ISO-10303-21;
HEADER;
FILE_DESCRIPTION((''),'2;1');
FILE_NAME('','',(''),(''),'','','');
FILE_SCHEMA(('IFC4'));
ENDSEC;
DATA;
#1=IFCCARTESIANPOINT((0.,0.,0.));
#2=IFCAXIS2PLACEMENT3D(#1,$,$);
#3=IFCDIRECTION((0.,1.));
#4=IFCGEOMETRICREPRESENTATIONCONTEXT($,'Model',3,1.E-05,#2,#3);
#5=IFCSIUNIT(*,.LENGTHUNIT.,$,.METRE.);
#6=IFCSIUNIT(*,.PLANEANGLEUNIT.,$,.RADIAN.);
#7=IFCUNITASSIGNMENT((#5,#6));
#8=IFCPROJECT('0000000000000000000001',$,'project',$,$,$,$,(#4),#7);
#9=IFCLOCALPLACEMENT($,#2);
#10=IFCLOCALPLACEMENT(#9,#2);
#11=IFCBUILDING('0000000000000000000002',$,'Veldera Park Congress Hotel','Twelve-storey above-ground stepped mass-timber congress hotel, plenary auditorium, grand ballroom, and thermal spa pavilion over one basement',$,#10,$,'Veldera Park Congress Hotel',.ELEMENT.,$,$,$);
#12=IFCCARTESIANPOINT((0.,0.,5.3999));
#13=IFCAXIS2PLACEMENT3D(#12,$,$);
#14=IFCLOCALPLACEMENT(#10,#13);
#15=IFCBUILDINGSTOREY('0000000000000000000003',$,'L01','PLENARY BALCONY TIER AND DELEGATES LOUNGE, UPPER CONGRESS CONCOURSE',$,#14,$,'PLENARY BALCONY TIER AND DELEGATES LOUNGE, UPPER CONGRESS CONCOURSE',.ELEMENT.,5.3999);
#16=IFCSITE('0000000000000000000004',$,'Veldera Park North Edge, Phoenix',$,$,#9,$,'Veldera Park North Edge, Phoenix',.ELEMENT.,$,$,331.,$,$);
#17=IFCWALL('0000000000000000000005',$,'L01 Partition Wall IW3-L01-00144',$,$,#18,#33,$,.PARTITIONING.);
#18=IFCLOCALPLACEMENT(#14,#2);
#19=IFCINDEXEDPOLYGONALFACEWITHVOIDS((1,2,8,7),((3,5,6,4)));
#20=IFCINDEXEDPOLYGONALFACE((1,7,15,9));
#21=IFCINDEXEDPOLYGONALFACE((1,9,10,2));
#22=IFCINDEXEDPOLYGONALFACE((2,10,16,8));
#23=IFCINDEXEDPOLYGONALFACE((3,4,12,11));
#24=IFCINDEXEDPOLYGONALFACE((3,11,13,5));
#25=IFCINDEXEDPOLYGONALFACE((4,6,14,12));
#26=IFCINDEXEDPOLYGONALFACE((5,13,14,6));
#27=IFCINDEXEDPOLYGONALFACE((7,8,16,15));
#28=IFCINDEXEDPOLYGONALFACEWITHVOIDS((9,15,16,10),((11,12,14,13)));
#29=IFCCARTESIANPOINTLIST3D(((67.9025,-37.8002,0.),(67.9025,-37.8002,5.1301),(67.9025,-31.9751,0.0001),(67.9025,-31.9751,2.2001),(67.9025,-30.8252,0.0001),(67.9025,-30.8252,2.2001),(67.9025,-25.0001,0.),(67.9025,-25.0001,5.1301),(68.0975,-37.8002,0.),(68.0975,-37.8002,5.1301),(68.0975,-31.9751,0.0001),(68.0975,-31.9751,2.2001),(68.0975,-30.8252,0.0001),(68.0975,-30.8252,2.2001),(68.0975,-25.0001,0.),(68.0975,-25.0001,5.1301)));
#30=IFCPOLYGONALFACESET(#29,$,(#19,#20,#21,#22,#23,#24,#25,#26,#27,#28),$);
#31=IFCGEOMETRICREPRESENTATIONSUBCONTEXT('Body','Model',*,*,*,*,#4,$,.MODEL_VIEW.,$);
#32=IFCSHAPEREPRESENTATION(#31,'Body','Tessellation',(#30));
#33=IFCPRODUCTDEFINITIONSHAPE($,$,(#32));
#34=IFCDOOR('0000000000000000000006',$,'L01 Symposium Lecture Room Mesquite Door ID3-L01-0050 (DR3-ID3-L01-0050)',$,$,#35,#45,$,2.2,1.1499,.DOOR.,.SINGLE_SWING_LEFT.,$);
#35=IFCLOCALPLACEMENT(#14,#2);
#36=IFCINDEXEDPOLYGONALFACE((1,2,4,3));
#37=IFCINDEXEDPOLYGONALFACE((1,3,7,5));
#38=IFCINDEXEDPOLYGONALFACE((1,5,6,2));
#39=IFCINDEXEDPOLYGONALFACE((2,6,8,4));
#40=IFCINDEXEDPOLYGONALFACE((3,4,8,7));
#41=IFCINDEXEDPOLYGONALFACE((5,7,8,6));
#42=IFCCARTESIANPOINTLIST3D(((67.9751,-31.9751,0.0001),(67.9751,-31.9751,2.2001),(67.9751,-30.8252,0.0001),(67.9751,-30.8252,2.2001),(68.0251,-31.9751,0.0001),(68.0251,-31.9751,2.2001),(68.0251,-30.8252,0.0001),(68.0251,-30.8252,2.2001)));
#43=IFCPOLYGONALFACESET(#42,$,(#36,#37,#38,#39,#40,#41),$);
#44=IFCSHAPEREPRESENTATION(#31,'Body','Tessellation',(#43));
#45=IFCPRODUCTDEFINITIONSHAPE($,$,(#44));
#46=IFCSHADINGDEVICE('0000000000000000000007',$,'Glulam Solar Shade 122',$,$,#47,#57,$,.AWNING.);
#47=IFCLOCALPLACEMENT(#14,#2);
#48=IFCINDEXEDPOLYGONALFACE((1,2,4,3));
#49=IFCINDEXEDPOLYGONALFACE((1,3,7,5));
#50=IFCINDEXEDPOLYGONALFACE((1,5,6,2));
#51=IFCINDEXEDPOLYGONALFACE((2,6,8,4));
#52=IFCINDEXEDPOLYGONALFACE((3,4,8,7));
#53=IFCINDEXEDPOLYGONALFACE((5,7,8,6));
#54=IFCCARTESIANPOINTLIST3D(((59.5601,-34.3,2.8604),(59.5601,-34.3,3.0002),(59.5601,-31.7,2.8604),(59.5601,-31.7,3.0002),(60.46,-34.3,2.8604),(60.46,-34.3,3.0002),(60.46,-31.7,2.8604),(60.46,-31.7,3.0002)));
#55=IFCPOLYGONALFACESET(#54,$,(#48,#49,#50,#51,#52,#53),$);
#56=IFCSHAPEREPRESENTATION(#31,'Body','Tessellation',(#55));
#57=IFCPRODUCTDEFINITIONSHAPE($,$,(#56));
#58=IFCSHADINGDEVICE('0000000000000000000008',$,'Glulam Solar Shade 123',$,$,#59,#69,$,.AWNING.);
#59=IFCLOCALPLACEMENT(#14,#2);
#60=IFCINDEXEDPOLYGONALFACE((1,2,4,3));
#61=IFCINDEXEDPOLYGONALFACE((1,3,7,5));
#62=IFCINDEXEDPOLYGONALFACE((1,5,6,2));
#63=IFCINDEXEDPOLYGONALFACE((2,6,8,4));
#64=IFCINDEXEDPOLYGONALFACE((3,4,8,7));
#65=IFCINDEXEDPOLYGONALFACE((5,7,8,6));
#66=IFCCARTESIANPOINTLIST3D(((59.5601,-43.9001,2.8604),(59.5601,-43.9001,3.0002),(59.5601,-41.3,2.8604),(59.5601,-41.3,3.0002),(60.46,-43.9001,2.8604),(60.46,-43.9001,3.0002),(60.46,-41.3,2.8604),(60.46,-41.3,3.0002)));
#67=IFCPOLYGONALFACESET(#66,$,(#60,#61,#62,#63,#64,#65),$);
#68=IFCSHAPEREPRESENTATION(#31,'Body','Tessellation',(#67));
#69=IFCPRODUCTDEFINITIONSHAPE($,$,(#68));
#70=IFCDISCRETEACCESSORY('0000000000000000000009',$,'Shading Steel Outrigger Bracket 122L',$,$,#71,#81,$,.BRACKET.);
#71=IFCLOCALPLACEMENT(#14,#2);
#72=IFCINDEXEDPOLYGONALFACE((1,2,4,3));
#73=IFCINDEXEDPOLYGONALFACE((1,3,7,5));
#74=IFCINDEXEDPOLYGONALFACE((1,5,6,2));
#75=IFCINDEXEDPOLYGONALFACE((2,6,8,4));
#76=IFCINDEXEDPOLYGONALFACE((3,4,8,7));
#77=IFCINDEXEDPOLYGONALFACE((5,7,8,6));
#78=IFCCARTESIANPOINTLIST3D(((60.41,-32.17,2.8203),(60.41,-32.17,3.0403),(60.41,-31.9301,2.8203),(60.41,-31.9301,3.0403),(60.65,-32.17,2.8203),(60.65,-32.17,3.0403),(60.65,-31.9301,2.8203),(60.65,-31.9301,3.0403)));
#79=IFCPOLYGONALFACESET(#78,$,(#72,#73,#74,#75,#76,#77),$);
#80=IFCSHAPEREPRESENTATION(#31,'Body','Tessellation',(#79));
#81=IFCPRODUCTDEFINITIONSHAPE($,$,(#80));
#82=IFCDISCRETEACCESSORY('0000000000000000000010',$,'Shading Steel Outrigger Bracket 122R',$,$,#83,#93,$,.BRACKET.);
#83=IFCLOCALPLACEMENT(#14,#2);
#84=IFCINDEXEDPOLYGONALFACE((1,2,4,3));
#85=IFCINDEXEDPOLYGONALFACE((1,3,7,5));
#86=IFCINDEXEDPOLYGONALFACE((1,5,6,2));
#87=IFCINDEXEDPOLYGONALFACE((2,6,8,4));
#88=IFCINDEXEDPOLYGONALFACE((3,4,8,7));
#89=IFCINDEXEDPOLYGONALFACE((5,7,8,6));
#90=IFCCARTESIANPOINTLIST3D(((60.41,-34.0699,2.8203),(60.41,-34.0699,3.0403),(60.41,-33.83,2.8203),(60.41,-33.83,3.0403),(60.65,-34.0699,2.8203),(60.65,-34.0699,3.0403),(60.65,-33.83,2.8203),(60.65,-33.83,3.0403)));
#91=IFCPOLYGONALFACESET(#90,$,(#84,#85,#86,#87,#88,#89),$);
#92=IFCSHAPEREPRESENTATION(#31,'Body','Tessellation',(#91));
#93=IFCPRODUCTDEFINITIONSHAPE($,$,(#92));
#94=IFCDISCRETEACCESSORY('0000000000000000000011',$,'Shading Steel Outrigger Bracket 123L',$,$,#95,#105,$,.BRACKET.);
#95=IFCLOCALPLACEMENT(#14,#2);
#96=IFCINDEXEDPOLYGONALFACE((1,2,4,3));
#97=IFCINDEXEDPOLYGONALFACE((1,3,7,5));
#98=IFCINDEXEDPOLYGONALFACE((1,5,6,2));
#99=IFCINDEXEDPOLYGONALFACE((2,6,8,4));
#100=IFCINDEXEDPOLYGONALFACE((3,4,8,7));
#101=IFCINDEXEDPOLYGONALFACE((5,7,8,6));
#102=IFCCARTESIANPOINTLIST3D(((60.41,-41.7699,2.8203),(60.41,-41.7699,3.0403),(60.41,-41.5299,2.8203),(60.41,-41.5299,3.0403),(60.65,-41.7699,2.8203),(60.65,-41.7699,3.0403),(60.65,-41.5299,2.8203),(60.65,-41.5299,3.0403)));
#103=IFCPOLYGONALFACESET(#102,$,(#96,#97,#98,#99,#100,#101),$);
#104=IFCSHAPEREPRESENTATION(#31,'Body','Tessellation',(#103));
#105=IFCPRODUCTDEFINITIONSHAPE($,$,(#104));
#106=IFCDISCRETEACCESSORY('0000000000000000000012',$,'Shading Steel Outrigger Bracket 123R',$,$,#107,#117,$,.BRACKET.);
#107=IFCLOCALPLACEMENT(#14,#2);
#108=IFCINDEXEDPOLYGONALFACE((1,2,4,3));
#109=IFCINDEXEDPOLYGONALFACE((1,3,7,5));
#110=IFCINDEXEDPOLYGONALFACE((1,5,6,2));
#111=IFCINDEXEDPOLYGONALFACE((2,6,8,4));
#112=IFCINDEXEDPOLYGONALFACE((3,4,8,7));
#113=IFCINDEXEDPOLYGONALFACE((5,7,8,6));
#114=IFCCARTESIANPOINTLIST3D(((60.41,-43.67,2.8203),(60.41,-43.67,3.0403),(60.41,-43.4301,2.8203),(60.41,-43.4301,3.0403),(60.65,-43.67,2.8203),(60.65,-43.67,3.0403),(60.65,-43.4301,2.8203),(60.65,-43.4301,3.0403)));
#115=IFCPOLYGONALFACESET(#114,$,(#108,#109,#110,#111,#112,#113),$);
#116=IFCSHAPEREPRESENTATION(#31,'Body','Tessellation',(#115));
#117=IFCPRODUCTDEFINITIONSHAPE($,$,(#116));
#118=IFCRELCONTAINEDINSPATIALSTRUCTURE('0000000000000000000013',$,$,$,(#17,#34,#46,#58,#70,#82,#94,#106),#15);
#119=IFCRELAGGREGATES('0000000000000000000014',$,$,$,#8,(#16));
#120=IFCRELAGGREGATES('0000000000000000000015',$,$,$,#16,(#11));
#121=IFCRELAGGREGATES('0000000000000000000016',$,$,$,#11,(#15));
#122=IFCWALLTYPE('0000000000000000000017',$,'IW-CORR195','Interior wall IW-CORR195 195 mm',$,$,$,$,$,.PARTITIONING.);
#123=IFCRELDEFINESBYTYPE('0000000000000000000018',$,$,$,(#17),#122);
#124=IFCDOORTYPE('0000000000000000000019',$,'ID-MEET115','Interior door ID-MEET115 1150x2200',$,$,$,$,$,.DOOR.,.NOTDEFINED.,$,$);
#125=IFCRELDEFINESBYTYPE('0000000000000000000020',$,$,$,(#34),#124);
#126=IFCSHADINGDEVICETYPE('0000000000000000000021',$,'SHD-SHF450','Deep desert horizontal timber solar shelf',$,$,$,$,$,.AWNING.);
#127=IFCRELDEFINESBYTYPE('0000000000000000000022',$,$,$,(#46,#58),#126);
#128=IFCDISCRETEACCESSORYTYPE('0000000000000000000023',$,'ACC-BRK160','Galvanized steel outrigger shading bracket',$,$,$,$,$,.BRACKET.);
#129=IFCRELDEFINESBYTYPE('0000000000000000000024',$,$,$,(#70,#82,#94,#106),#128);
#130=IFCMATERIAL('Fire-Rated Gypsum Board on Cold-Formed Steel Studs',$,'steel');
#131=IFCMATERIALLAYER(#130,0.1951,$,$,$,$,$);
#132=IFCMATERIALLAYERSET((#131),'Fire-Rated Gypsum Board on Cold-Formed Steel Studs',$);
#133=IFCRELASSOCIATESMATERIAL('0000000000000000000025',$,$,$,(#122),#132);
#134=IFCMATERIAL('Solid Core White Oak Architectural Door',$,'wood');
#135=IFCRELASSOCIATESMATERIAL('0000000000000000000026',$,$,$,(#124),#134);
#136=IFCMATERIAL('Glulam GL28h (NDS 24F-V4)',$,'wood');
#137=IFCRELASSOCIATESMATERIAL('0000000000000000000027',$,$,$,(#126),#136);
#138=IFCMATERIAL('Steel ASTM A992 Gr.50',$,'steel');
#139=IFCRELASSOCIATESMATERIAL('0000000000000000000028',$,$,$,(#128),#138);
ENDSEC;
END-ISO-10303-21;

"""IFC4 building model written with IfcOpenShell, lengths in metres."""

from ifc_helpers import new_model, si_unit, direction, frame, frame_2d, origin, origin_2d, place, context, subcontext, project, spatial, rectangle, extrude, material, layer, layer_set, type_object, element, fill, save


model = new_model("IFC4")

# Units and contexts
model_context = context("Model", 3, precision=1e-05, world=origin(), true_north=direction((0.0, 1.0)))
body_context = subcontext(model_context, "Body", "Model", "MODEL_VIEW")
ifc_project = project(units=[si_unit("LENGTHUNIT", "METRE"), si_unit("PLANEANGLEUNIT", "RADIAN")], contexts=[model_context])

# Site, building, storey
site_placement = place(None, origin())
site = spatial("IfcSite", under=ifc_project, at=site_placement, Name="Veldera Park North Edge, Phoenix", LongName="Veldera Park North Edge, Phoenix", CompositionType="ELEMENT", RefElevation=331.0)
building_placement = place(site_placement, origin())
building = spatial("IfcBuilding", under=site, at=building_placement, Name="Veldera Park Congress Hotel", Description="Twelve-storey above-ground stepped mass-timber congress hotel, plenary auditorium, grand ballroom, and thermal spa pavilion over one basement", LongName="Veldera Park Congress Hotel", CompositionType="ELEMENT")
storey_placement = place(building_placement, frame((0.0, 0.0, 5.3999)))
storey = spatial("IfcBuildingStorey", under=building, at=storey_placement, Name="L01", Description="PLENARY BALCONY TIER AND DELEGATES LOUNGE, UPPER CONGRESS CONCOURSE", LongName="PLENARY BALCONY TIER AND DELEGATES LOUNGE, UPPER CONGRESS CONCOURSE", CompositionType="ELEMENT", Elevation=5.3999)

# Shared definitions
ifc_material_1 = material(Name="Glulam GL28h (NDS 24F-V4)", Category="wood")

# Shared definitions
ifc_material_2 = material(Name="Fire-Rated Gypsum Board on Cold-Formed Steel Studs", Category="steel")
ifc_layer_1 = layer(ifc_material_2, 0.1951)
ifc_layer_set_1 = layer_set([ifc_layer_1], Name="Fire-Rated Gypsum Board on Cold-Formed Steel Studs")
wall_type_1 = type_object("IfcWallType", Name="IW-CORR195", Description="Interior wall IW-CORR195 195 mm", PredefinedType="PARTITIONING", material=ifc_layer_set_1)

# Wall, opening, door
wall_1_placement = place(storey_placement, frame((68.0, -37.8, 0.0), z_axis=(0.0, 0.0, 1.0), x_axis=(0.0, 1.0, 0.0)))
wall_1 = element("IfcWall", 1, at=wall_1_placement, inside=storey, type_object=wall_type_1, Name="L01 Partition Wall IW3-L01-00144", PredefinedType="PARTITIONING", context=body_context, shape_type="SweptSolid", body=[
    extrude(rectangle(XDim=12.8, YDim=0.1951, at=frame_2d((6.3999, 0.0))), origin(), (0.0, 0.0, 1.0), 5.1301),
])
opening_1_placement = place(wall_1_placement, frame((5.825, 0.0, 0.0)))
opening_1 = element("IfcOpeningElement", 2, at=opening_1_placement, cuts=wall_1, PredefinedType="OPENING", context=body_context, shape_type="SweptSolid", body=[
    extrude(rectangle(XDim=1.1499, YDim=2.2, at=frame_2d((0.575, 1.1001))), frame((0.0, 0.1096, 0.0), z_axis=(0.0, -1.0, 0.0), x_axis=(1.0, 0.0, 0.0)), (0.0, 0.0, 1.0), 0.219),
])
ifc_material_3 = material(Name="Solid Core White Oak Architectural Door", Category="wood")
door_type = type_object("IfcDoorType", Name="ID-MEET115", Description="Interior door ID-MEET115 1150x2200", OperationType="NOTDEFINED", PredefinedType="DOOR", material=ifc_material_3)
door_placement = place(opening_1_placement, origin())
door = element("IfcDoor", 3, at=door_placement, inside=storey, type_object=door_type, Name="L01 Symposium Lecture Room Mesquite Door ID3-L01-0050 (DR3-ID3-L01-0050)", OperationType="SINGLE_SWING_LEFT", OverallHeight=2.2, OverallWidth=1.1499, PredefinedType="DOOR", context=body_context, shape_type="SweptSolid", body=[
    extrude(rectangle(XDim=1.1499, YDim=2.2, at=frame_2d((0.575, 1.1001))), frame((0.0, 0.0249, 0.0), z_axis=(0.0, -1.0, 0.0), x_axis=(1.0, 0.0, 0.0)), (0.0, 0.0, 1.0), 0.05),
])
fill(opening_1, door)

# Shading devices
shading_device_type = type_object("IfcShadingDeviceType", Name="SHD-SHF450", Description="Deep desert horizontal timber solar shelf", PredefinedType="AWNING", material=ifc_material_1)
for number, where, z_axis, x_axis, name in (
    (4, (60.01, -33.0, 2.8604), (0.0, 0.0, 1.0), (0.0, -1.0, 0.0), "Glulam Solar Shade 122"),
    (5, (60.01, -42.6001, 2.8604), (0.0, 0.0, 1.0), (0.0, -1.0, 0.0), "Glulam Solar Shade 123"),
):
    element("IfcShadingDevice", number, at=place(storey_placement, frame(where, z_axis=z_axis, x_axis=x_axis)), inside=storey, type_object=shading_device_type, Name=name, PredefinedType="AWNING", context=body_context, shape_type="SweptSolid", body=[
        extrude(rectangle(XDim=2.6001, YDim=0.8999, at=origin_2d()), origin(), (0.0, 0.0, 1.0), 0.1399),
    ])

# Discrete accessories
ifc_material_4 = material(Name="Steel ASTM A992 Gr.50", Category="steel")
discrete_accessory_type = type_object("IfcDiscreteAccessoryType", Name="ACC-BRK160", Description="Galvanized steel outrigger shading bracket", PredefinedType="BRACKET", material=ifc_material_4)
for number, where, z_axis, x_axis, name in (
    (6, (60.53, -32.05, 2.8203), (0.0, 0.0, 1.0), (0.0, -1.0, 0.0), "Shading Steel Outrigger Bracket 122L"),
    (7, (60.53, -33.95, 2.8203), (0.0, 0.0, 1.0), (0.0, -1.0, 0.0), "Shading Steel Outrigger Bracket 122R"),
    (8, (60.53, -41.6499, 2.8203), (0.0, 0.0, 1.0), (0.0, -1.0, 0.0), "Shading Steel Outrigger Bracket 123L"),
    (9, (60.53, -43.55, 2.8203), (0.0, 0.0, 1.0), (0.0, -1.0, 0.0), "Shading Steel Outrigger Bracket 123R"),
):
    element("IfcDiscreteAccessory", number, at=place(storey_placement, frame(where, z_axis=z_axis, x_axis=x_axis)), inside=storey, type_object=discrete_accessory_type, Name=name, PredefinedType="BRACKET", context=body_context, shape_type="SweptSolid", body=[
        extrude(rectangle(XDim=0.24, YDim=0.24, at=origin_2d()), origin(), (0.0, 0.0, 1.0), 0.22),
    ])

save(model, "model.ifc")
